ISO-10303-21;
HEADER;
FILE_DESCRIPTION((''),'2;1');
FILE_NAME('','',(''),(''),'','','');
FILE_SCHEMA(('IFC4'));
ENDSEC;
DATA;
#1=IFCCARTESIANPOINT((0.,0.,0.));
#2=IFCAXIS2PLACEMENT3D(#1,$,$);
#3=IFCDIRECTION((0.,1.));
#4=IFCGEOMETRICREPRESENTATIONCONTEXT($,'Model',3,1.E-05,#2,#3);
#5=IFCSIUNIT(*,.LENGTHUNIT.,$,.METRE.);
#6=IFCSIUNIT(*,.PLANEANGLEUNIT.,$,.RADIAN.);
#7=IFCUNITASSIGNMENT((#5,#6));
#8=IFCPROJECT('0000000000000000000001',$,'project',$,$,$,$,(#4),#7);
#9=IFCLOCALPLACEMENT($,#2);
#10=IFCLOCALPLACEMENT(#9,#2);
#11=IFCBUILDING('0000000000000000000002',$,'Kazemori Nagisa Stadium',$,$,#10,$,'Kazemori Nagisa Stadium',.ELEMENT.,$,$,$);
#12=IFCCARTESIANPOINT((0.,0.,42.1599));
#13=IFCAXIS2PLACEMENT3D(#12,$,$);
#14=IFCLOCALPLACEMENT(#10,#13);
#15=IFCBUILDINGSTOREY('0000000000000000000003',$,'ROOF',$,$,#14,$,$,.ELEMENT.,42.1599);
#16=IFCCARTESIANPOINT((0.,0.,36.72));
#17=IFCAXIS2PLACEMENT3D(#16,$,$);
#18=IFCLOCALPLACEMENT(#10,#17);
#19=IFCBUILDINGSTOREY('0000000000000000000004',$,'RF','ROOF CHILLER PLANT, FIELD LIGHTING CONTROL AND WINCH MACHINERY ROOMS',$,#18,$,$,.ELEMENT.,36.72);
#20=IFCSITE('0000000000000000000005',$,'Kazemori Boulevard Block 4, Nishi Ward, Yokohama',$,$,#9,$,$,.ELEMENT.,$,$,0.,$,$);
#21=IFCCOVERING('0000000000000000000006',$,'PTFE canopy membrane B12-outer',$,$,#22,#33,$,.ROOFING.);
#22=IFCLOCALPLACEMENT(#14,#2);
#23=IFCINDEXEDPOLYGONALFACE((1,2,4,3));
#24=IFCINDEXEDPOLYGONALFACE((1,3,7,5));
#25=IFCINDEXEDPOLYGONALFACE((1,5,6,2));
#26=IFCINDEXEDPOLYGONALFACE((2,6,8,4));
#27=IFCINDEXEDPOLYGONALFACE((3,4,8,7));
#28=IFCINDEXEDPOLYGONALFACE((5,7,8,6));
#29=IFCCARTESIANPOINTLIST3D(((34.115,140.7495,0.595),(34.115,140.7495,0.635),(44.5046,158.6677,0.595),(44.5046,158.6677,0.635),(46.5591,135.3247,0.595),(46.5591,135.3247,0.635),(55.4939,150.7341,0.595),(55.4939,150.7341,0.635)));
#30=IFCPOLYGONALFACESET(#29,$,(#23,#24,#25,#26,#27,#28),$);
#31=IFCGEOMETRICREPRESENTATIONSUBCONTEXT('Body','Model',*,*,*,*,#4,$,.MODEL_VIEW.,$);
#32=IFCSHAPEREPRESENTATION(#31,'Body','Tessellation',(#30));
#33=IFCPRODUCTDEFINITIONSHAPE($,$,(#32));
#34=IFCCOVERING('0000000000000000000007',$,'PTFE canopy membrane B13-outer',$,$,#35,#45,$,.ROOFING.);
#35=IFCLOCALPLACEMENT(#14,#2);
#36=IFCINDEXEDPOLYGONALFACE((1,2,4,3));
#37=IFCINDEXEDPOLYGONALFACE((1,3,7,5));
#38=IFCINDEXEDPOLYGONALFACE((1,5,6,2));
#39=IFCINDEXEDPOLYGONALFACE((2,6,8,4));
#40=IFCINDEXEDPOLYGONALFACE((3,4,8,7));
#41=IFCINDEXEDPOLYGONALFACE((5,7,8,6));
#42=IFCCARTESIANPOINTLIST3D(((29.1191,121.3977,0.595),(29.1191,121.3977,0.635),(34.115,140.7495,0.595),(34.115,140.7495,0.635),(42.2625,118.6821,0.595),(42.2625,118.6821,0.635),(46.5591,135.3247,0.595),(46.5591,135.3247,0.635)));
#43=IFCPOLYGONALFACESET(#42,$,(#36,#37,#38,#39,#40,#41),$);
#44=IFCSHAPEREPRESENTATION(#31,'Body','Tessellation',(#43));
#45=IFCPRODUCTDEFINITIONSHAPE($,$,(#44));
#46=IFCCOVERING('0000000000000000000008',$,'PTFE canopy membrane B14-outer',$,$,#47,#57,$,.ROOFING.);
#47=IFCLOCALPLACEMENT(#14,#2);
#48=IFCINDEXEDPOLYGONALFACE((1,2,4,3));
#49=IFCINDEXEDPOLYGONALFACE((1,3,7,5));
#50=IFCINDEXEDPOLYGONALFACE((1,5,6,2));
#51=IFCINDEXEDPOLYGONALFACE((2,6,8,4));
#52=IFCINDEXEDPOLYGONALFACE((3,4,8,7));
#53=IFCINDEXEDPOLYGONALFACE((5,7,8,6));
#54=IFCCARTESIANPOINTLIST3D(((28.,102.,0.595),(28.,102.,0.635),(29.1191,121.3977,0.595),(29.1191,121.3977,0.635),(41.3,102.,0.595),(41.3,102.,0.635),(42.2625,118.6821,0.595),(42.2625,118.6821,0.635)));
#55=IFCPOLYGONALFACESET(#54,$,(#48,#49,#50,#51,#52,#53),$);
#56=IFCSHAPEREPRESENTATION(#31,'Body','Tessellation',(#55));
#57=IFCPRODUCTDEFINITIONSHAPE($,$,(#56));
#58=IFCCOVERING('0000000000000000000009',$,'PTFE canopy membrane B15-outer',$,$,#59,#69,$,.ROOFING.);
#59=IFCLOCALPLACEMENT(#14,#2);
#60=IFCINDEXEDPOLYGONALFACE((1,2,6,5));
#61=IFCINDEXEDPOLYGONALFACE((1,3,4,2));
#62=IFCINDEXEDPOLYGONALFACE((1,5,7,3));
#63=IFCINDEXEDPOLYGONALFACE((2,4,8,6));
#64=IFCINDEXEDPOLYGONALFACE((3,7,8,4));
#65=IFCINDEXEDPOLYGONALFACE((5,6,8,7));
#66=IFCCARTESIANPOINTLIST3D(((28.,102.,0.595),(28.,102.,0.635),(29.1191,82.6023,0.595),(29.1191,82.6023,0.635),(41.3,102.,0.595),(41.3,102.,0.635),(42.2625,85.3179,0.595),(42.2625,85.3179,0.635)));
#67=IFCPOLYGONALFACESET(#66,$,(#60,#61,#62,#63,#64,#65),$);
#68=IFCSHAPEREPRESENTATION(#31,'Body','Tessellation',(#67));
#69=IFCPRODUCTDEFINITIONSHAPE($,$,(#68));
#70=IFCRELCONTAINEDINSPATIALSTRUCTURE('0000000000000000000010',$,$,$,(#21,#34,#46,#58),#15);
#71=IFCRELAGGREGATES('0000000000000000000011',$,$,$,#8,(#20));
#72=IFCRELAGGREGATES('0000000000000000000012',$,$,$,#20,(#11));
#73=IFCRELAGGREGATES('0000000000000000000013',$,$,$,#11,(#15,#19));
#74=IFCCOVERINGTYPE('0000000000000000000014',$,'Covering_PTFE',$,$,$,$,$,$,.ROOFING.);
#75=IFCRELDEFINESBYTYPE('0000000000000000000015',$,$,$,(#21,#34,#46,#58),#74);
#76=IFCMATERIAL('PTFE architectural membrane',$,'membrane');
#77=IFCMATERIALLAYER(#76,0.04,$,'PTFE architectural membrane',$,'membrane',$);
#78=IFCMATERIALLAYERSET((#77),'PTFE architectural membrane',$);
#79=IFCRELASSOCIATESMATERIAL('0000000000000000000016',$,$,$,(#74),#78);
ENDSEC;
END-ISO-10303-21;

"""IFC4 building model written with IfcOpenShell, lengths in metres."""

from ifc_helpers import new_model, si_unit, direction, frame, origin, place, context, subcontext, project, spatial, polyline, outline, extrude, material, layer, layer_set, type_object, element, save


model = new_model("IFC4")

# Units and contexts
model_context = context("Model", 3, precision=1e-05, world=origin(), true_north=direction((0.0, 1.0)))
body_context = subcontext(model_context, "Body", "Model", "MODEL_VIEW")
ifc_project = project(units=[si_unit("LENGTHUNIT", "METRE"), si_unit("PLANEANGLEUNIT", "RADIAN")], contexts=[model_context])

# Site, building, storey
site_placement = place(None, origin())
site = spatial("IfcSite", under=ifc_project, at=site_placement, Name="Kazemori Boulevard Block 4, Nishi Ward, Yokohama", CompositionType="ELEMENT", RefElevation=0.0)
building_placement = place(site_placement, origin())
building = spatial("IfcBuilding", under=site, at=building_placement, Name="Kazemori Nagisa Stadium", LongName="Kazemori Nagisa Stadium", CompositionType="ELEMENT")
storey_1_placement = place(building_placement, frame((0.0, 0.0, 42.1599)))
storey_1 = spatial("IfcBuildingStorey", under=building, at=storey_1_placement, Name="ROOF", CompositionType="ELEMENT", Elevation=42.1599)

# Shared definitions
storey_2_placement = place(building_placement, frame((0.0, 0.0, 36.72)))
storey_2 = spatial("IfcBuildingStorey", under=building, at=storey_2_placement, Name="RF", Description="ROOF CHILLER PLANT, FIELD LIGHTING CONTROL AND WINCH MACHINERY ROOMS", CompositionType="ELEMENT", Elevation=36.72)

# Coverings
ifc_material_1 = material(Name="PTFE architectural membrane", Category="membrane")
ifc_layer_1 = layer(ifc_material_1, 0.04, Name="PTFE architectural membrane", Category="membrane")
ifc_layer_set_1 = layer_set([ifc_layer_1], Name="PTFE architectural membrane")
covering_type = type_object("IfcCoveringType", Name="Covering_PTFE", PredefinedType="ROOFING", material=ifc_layer_set_1)
covering_1_placement = place(storey_1_placement, frame((0.0, 0.0, 0.595)))
element("IfcCovering", 1, at=covering_1_placement, inside=storey_1, type_object=covering_type, Name="PTFE canopy membrane B12-outer", PredefinedType="ROOFING", context=body_context, shape_type="SweptSolid", body=[
    extrude(outline(polyline([(44.5046, 158.6677), (34.115, 140.7495), (46.5591, 135.3247), (55.4939, 150.7341), (44.5046, 158.6677)])), origin(), (0.0, 0.0, 1.0), 0.04),
])
covering_2_placement = place(storey_1_placement, frame((0.0, 0.0, 0.595)))
element("IfcCovering", 2, at=covering_2_placement, inside=storey_1, type_object=covering_type, Name="PTFE canopy membrane B13-outer", PredefinedType="ROOFING", context=body_context, shape_type="SweptSolid", body=[
    extrude(outline(polyline([(34.115, 140.7495), (29.1191, 121.3977), (42.2625, 118.6821), (46.5591, 135.3247), (34.115, 140.7495)])), origin(), (0.0, 0.0, 1.0), 0.04),
])
covering_3_placement = place(storey_1_placement, frame((0.0, 0.0, 0.595)))
element("IfcCovering", 3, at=covering_3_placement, inside=storey_1, type_object=covering_type, Name="PTFE canopy membrane B14-outer", PredefinedType="ROOFING", context=body_context, shape_type="SweptSolid", body=[
    extrude(outline(polyline([(29.1191, 121.3977), (28.0, 102.0), (41.3, 102.0), (42.2625, 118.6821), (29.1191, 121.3977)])), origin(), (0.0, 0.0, 1.0), 0.04),
])
covering_4_placement = place(storey_1_placement, frame((0.0, 0.0, 0.595)))
element("IfcCovering", 4, at=covering_4_placement, inside=storey_1, type_object=covering_type, Name="PTFE canopy membrane B15-outer", PredefinedType="ROOFING", context=body_context, shape_type="SweptSolid", body=[
    extrude(outline(polyline([(28.0, 102.0), (29.1191, 82.6023), (42.2625, 85.3179), (41.3, 102.0), (28.0, 102.0)])), origin(), (0.0, 0.0, 1.0), 0.04),
])

save(model, "model.ifc")
